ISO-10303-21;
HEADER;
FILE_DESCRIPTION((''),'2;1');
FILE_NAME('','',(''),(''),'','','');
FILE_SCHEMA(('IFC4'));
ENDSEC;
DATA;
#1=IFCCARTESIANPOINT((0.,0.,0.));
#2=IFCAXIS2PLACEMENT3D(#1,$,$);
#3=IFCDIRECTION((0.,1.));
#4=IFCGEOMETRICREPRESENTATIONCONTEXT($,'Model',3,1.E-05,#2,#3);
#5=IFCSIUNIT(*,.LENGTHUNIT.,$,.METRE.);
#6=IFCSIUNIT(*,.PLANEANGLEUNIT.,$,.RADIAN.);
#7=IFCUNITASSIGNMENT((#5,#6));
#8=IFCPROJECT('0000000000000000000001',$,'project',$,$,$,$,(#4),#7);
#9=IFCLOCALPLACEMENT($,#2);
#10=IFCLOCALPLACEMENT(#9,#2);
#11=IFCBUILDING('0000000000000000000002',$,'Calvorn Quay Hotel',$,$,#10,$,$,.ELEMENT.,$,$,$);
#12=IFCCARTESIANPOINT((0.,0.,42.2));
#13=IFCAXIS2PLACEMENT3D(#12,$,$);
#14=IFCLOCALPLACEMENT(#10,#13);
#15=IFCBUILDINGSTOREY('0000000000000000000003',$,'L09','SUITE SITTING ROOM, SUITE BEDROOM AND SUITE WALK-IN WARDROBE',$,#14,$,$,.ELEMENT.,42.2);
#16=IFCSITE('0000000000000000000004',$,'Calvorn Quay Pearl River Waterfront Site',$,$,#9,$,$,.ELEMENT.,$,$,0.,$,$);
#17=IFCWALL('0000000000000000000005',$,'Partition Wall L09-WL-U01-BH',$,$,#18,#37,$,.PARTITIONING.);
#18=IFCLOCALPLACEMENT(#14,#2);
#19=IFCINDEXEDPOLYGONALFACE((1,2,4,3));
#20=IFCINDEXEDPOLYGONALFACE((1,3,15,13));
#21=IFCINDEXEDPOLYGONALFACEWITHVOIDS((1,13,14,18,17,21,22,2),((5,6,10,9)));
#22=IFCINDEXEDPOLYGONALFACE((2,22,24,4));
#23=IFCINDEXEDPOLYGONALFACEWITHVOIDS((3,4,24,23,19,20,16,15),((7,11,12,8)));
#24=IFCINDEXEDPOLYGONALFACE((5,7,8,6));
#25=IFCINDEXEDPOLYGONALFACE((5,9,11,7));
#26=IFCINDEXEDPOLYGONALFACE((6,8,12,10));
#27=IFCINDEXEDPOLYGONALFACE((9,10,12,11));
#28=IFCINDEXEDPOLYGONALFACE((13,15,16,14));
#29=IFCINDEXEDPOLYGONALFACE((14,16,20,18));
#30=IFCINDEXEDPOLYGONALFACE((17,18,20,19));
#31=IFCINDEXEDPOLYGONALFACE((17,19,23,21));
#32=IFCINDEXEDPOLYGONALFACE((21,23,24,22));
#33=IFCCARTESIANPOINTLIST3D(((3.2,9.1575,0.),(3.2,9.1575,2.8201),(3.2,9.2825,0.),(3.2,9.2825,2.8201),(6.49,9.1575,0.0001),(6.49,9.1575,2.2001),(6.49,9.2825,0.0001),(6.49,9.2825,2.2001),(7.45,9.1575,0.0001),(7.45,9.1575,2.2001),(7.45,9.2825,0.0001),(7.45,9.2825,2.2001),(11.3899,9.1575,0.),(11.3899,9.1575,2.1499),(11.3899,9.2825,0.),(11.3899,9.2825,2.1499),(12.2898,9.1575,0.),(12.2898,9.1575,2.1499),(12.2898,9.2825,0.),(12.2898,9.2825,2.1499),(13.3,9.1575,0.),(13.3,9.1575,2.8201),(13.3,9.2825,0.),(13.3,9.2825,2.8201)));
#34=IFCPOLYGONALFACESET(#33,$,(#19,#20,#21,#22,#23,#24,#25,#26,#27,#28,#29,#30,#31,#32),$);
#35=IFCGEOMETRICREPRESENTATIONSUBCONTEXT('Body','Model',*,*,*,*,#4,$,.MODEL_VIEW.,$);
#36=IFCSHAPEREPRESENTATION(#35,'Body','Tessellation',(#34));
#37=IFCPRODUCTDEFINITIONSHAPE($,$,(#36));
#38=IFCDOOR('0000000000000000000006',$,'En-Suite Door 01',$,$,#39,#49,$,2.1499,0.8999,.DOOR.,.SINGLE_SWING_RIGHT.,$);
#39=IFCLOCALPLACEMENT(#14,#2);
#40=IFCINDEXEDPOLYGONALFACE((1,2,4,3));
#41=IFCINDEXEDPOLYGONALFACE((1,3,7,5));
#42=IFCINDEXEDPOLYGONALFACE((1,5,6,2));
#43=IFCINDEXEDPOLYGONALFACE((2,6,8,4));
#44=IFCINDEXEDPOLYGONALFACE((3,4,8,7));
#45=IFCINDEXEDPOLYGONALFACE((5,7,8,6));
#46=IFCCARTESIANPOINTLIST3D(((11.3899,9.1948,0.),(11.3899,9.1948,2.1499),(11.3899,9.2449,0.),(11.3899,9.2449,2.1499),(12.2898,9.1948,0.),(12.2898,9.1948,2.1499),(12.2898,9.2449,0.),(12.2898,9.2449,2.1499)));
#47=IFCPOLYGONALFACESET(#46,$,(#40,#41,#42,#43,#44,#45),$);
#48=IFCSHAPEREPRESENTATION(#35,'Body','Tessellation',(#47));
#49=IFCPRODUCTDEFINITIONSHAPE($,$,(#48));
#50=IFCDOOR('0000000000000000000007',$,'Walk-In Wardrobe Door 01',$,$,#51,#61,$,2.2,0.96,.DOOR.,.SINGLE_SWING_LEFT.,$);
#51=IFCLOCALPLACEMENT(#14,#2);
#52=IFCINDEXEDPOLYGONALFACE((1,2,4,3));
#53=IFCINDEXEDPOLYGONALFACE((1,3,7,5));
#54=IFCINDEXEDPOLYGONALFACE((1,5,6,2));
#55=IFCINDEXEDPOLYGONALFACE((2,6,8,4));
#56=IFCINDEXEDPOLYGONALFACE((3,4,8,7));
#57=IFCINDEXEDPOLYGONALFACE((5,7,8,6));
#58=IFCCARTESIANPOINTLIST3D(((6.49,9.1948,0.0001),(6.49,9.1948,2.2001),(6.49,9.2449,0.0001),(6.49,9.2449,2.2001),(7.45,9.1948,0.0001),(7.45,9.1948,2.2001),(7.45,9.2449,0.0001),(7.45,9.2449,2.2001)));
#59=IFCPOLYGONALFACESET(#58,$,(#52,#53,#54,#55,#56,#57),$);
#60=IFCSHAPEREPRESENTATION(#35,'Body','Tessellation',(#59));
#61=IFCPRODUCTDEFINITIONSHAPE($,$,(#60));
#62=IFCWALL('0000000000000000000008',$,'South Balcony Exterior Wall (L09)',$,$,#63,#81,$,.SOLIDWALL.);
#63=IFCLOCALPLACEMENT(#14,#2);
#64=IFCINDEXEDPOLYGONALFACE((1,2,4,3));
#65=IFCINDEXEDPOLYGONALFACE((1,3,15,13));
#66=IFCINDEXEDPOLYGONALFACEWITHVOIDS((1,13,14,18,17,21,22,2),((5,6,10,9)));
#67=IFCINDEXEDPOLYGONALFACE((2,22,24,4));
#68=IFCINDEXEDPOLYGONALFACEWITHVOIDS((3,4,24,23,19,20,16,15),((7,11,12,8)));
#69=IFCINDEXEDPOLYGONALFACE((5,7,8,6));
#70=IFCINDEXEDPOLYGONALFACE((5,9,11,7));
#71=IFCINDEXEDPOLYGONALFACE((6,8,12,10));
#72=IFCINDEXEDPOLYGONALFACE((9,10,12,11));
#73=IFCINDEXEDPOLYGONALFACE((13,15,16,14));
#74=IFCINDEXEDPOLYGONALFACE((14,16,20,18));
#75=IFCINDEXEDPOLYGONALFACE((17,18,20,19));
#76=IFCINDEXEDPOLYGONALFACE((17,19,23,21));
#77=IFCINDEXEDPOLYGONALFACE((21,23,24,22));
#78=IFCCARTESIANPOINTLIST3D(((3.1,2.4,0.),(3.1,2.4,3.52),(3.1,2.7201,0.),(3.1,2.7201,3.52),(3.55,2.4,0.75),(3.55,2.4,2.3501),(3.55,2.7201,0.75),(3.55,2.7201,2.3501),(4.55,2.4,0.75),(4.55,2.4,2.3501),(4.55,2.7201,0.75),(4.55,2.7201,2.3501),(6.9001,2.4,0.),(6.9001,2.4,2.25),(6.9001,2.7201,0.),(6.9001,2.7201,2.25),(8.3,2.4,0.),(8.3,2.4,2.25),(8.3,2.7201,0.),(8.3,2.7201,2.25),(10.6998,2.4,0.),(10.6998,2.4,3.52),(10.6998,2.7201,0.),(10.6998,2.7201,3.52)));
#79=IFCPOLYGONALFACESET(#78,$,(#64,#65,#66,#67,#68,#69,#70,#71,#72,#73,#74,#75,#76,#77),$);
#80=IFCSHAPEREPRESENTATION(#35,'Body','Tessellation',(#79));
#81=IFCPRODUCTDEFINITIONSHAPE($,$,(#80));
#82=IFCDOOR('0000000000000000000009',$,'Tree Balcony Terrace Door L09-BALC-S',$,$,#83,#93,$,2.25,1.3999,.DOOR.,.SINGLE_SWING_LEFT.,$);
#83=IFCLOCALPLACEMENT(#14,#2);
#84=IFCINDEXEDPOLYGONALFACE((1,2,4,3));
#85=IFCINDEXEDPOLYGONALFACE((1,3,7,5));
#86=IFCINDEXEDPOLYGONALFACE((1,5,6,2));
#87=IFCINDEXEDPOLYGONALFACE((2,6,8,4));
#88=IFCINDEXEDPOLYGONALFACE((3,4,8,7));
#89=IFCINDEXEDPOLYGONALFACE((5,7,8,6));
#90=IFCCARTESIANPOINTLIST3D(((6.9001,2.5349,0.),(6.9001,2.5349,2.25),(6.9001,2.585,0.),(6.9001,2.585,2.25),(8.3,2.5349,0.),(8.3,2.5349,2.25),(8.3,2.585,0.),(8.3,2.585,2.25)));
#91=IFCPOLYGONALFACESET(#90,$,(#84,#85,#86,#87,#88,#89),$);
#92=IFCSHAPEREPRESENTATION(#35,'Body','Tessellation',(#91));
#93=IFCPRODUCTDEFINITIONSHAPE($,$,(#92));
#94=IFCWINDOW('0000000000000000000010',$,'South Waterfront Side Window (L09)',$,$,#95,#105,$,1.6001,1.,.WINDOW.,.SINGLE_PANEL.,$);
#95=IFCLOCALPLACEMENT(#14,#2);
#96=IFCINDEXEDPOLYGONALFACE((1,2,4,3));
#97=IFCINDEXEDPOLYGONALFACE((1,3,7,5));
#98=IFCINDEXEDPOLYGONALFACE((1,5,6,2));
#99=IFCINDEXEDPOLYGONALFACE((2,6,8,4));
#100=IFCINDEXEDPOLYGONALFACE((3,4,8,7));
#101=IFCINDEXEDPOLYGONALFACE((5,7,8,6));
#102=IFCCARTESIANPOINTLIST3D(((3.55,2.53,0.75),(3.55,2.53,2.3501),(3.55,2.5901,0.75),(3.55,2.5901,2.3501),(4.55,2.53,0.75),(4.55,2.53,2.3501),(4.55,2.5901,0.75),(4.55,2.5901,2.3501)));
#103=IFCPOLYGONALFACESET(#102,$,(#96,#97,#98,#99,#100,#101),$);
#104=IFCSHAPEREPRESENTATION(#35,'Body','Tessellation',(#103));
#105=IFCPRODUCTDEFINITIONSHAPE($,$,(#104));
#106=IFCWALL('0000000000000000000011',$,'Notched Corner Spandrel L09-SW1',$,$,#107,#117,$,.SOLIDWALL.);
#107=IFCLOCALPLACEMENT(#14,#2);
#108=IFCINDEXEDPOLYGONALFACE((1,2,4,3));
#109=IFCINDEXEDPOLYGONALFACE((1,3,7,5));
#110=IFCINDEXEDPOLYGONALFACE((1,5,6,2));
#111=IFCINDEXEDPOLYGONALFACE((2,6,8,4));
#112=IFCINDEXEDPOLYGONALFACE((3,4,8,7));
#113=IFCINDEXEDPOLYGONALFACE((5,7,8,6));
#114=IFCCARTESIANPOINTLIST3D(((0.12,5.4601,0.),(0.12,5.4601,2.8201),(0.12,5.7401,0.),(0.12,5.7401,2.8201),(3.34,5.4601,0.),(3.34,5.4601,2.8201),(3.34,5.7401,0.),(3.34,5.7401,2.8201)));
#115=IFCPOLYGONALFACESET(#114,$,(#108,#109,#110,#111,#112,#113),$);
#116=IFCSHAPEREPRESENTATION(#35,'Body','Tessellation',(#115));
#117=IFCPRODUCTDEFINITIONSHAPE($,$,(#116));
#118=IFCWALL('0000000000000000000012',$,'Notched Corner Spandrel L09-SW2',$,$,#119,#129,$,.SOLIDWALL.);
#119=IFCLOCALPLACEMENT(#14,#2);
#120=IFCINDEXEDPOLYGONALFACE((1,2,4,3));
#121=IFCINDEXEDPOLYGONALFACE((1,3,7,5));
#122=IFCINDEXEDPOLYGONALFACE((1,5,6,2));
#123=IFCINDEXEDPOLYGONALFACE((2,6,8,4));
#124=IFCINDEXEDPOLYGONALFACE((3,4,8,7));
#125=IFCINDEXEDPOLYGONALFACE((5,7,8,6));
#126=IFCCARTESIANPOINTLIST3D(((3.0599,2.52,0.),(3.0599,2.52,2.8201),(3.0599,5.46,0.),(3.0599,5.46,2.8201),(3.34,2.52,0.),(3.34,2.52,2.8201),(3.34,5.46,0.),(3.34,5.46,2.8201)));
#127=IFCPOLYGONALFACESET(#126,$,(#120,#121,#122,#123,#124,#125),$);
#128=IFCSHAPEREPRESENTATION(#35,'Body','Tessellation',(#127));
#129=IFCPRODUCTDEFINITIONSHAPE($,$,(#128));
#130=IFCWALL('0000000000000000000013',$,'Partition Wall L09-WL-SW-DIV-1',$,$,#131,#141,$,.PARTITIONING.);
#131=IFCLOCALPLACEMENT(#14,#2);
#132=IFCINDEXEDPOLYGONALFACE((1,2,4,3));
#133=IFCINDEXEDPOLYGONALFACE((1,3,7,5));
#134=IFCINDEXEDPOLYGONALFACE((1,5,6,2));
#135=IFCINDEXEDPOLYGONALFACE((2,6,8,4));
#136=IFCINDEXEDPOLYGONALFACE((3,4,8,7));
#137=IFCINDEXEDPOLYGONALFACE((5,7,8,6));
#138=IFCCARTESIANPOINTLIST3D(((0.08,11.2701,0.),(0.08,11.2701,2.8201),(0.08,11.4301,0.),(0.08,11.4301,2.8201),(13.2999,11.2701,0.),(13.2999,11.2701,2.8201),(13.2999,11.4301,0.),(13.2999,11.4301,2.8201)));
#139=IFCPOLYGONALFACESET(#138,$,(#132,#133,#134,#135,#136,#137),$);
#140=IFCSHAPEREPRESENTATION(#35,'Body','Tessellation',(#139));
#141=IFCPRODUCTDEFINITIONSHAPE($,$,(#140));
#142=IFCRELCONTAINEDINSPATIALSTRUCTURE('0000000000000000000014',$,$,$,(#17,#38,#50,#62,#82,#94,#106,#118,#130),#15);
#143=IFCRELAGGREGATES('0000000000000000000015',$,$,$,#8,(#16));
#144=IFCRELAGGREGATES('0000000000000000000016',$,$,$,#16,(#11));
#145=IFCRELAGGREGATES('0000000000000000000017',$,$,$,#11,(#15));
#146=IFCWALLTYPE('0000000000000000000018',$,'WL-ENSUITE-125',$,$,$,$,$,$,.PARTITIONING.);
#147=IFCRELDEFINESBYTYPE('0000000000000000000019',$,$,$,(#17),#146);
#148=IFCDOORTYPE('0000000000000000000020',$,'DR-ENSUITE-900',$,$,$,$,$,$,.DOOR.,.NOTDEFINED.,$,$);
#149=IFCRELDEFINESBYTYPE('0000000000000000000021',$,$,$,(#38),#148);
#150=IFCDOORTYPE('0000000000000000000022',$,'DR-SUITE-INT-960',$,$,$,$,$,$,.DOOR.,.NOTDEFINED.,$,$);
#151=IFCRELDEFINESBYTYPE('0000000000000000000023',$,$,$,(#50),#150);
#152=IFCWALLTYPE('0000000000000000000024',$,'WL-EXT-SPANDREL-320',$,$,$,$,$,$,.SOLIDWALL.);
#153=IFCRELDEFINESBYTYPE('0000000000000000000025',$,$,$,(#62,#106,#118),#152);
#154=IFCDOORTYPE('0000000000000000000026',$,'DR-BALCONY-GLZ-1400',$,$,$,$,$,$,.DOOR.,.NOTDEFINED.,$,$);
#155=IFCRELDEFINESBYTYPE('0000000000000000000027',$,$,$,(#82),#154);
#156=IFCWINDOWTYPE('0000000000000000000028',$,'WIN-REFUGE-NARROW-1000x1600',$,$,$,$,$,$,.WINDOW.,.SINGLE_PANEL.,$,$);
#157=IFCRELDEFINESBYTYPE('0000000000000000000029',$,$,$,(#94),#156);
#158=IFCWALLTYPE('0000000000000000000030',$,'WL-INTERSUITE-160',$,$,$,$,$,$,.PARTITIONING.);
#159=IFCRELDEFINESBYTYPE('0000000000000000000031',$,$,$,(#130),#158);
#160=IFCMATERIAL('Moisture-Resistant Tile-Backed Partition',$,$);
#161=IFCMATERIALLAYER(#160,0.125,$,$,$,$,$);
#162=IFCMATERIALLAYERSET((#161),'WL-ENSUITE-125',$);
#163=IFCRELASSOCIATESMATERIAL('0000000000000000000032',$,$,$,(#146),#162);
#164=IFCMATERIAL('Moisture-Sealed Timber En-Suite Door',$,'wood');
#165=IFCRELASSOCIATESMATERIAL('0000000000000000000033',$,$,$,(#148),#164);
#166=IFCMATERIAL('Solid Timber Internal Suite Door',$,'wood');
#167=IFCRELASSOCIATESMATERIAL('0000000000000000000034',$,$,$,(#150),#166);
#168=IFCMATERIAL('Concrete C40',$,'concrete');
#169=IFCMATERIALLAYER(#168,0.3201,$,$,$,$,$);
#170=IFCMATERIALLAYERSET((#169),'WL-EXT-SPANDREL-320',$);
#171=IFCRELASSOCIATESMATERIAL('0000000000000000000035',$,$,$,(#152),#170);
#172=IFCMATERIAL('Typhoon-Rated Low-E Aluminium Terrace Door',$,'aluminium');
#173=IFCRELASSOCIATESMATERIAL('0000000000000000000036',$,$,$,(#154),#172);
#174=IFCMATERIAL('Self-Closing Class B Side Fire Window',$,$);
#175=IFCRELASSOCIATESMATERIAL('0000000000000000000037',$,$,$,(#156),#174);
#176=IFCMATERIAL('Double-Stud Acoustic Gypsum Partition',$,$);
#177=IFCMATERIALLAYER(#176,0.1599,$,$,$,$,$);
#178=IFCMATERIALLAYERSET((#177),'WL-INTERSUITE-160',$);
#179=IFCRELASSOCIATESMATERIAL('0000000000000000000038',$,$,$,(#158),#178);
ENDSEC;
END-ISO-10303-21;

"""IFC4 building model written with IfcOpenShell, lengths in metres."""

from ifc_helpers import new_model, si_unit, direction, frame, frame_2d, origin, place, context, subcontext, project, spatial, rectangle, extrude, material, layer, layer_set, type_object, element, fill, save


model = new_model("IFC4")

# Units and contexts
model_context = context("Model", 3, precision=1e-05, world=origin(), true_north=direction((0.0, 1.0)))
body_context = subcontext(model_context, "Body", "Model", "MODEL_VIEW")
ifc_project = project(units=[si_unit("LENGTHUNIT", "METRE"), si_unit("PLANEANGLEUNIT", "RADIAN")], contexts=[model_context])

# Site, building, storey
site_placement = place(None, origin())
site = spatial("IfcSite", under=ifc_project, at=site_placement, Name="Calvorn Quay Pearl River Waterfront Site", CompositionType="ELEMENT", RefElevation=0.0)
building_placement = place(site_placement, origin())
building = spatial("IfcBuilding", under=site, at=building_placement, Name="Calvorn Quay Hotel", CompositionType="ELEMENT")
storey_placement = place(building_placement, frame((0.0, 0.0, 42.2)))
storey = spatial("IfcBuildingStorey", under=building, at=storey_placement, Name="L09", Description="SUITE SITTING ROOM, SUITE BEDROOM AND SUITE WALK-IN WARDROBE", CompositionType="ELEMENT", Elevation=42.2)

# Wall, openings, doors
ifc_material_1 = material(Name="Moisture-Resistant Tile-Backed Partition")
ifc_layer_1 = layer(ifc_material_1, 0.125)
ifc_layer_set_1 = layer_set([ifc_layer_1], Name="WL-ENSUITE-125")
wall_type_1 = type_object("IfcWallType", Name="WL-ENSUITE-125", PredefinedType="PARTITIONING", material=ifc_layer_set_1)
wall_1_placement = place(storey_placement, frame((3.2, 9.22, 0.0), z_axis=(0.0, 0.0, 1.0), x_axis=(1.0, 0.0, 0.0)))
wall_1 = element("IfcWall", 1, at=wall_1_placement, inside=storey, type_object=wall_type_1, Name="Partition Wall L09-WL-U01-BH", PredefinedType="PARTITIONING", context=body_context, shape_type="SweptSolid", body=[
    extrude(rectangle(XDim=10.1001, YDim=0.125, at=frame_2d((5.05, 0.0))), origin(), (0.0, 0.0, 1.0), 2.8201),
])
opening_1_placement = place(wall_1_placement, frame((3.29, 0.0, 0.0)))
opening_1 = element("IfcOpeningElement", 2, at=opening_1_placement, cuts=wall_1, PredefinedType="OPENING", context=body_context, shape_type="SweptSolid", body=[
    extrude(rectangle(XDim=0.96, YDim=2.2, at=frame_2d((0.48, 1.1001))), frame((0.0, 0.0725, 0.0), z_axis=(0.0, -1.0, 0.0), x_axis=(1.0, 0.0, 0.0)), (0.0, 0.0, 1.0), 0.145),
])
opening_2_placement = place(wall_1_placement, frame((8.1899, 0.0, 0.0)))
opening_2 = element("IfcOpeningElement", 3, at=opening_2_placement, cuts=wall_1, PredefinedType="OPENING", context=body_context, shape_type="SweptSolid", body=[
    extrude(rectangle(XDim=0.8999, YDim=2.1499, at=frame_2d((0.45, 1.075))), frame((0.0, 0.0725, 0.0), z_axis=(0.0, -1.0, 0.0), x_axis=(1.0, 0.0, 0.0)), (0.0, 0.0, 1.0), 0.145),
])
ifc_material_2 = material(Name="Moisture-Sealed Timber En-Suite Door", Category="wood")
door_type_1 = type_object("IfcDoorType", Name="DR-ENSUITE-900", OperationType="NOTDEFINED", PredefinedType="DOOR", material=ifc_material_2)
door_1_placement = place(opening_2_placement, origin())
door_1 = element("IfcDoor", 4, at=door_1_placement, inside=storey, type_object=door_type_1, Name="En-Suite Door 01", OperationType="SINGLE_SWING_RIGHT", OverallHeight=2.1499, OverallWidth=0.8999, PredefinedType="DOOR", context=body_context, shape_type="SweptSolid", body=[
    extrude(rectangle(XDim=0.8999, YDim=2.1499, at=frame_2d((0.45, 1.075))), frame((0.0, 0.0249, 0.0), z_axis=(0.0, -1.0, 0.0), x_axis=(1.0, 0.0, 0.0)), (0.0, 0.0, 1.0), 0.05),
])
fill(opening_2, door_1)
ifc_material_3 = material(Name="Solid Timber Internal Suite Door", Category="wood")
door_type_2 = type_object("IfcDoorType", Name="DR-SUITE-INT-960", OperationType="NOTDEFINED", PredefinedType="DOOR", material=ifc_material_3)
door_2_placement = place(opening_1_placement, origin())
door_2 = element("IfcDoor", 5, at=door_2_placement, inside=storey, type_object=door_type_2, Name="Walk-In Wardrobe Door 01", OperationType="SINGLE_SWING_LEFT", OverallHeight=2.2, OverallWidth=0.96, PredefinedType="DOOR", context=body_context, shape_type="SweptSolid", body=[
    extrude(rectangle(XDim=0.96, YDim=2.2, at=frame_2d((0.48, 1.1001))), frame((0.0, 0.0249, 0.0), z_axis=(0.0, -1.0, 0.0), x_axis=(1.0, 0.0, 0.0)), (0.0, 0.0, 1.0), 0.05),
])
fill(opening_1, door_2)

# Wall, openings, door, window
ifc_material_4 = material(Name="Concrete C40", Category="concrete")
ifc_layer_2 = layer(ifc_material_4, 0.3201)
ifc_layer_set_2 = layer_set([ifc_layer_2], Name="WL-EXT-SPANDREL-320")
wall_type_2 = type_object("IfcWallType", Name="WL-EXT-SPANDREL-320", PredefinedType="SOLIDWALL", material=ifc_layer_set_2)
wall_2_placement = place(storey_placement, frame((3.1001, 2.5601, 0.0), z_axis=(0.0, 0.0, 1.0), x_axis=(1.0, 0.0, 0.0)))
wall_2 = element("IfcWall", 6, at=wall_2_placement, inside=storey, type_object=wall_type_2, Name="South Balcony Exterior Wall (L09)", PredefinedType="SOLIDWALL", context=body_context, shape_type="SweptSolid", body=[
    extrude(rectangle(XDim=7.5999, YDim=0.3201, at=frame_2d((3.7998, 0.0))), origin(), (0.0, 0.0, 1.0), 3.52),
])
opening_3_placement = place(wall_2_placement, frame((0.45, 0.0, 0.75)))
opening_3 = element("IfcOpeningElement", 7, at=opening_3_placement, cuts=wall_2, PredefinedType="OPENING", context=body_context, shape_type="SweptSolid", body=[
    extrude(rectangle(XDim=1.0, YDim=1.6001, at=frame_2d((0.5, 0.8))), frame((0.0, 0.1699, 0.0), z_axis=(0.0, -1.0, 0.0), x_axis=(1.0, 0.0, 0.0)), (0.0, 0.0, 1.0), 0.3401),
])
opening_4_placement = place(wall_2_placement, frame((3.8, 0.0, 0.0)))
opening_4 = element("IfcOpeningElement", 8, at=opening_4_placement, cuts=wall_2, PredefinedType="OPENING", context=body_context, shape_type="SweptSolid", body=[
    extrude(rectangle(XDim=1.3999, YDim=2.25, at=frame_2d((0.7, 1.125))), frame((0.0, 0.1699, 0.0), z_axis=(0.0, -1.0, 0.0), x_axis=(1.0, 0.0, 0.0)), (0.0, 0.0, 1.0), 0.3401),
])
ifc_material_5 = material(Name="Typhoon-Rated Low-E Aluminium Terrace Door", Category="aluminium")
door_type_3 = type_object("IfcDoorType", Name="DR-BALCONY-GLZ-1400", OperationType="NOTDEFINED", PredefinedType="DOOR", material=ifc_material_5)
door_3_placement = place(opening_4_placement, origin())
door_3 = element("IfcDoor", 9, at=door_3_placement, inside=storey, type_object=door_type_3, Name="Tree Balcony Terrace Door L09-BALC-S", OperationType="SINGLE_SWING_LEFT", OverallHeight=2.25, OverallWidth=1.3999, PredefinedType="DOOR", context=body_context, shape_type="SweptSolid", body=[
    extrude(rectangle(XDim=1.3999, YDim=2.25, at=frame_2d((0.7, 1.125))), frame((0.0, 0.0249, 0.0), z_axis=(0.0, -1.0, 0.0), x_axis=(1.0, 0.0, 0.0)), (0.0, 0.0, 1.0), 0.05),
])
fill(opening_4, door_3)
ifc_material_6 = material(Name="Self-Closing Class B Side Fire Window")
window_type = type_object("IfcWindowType", Name="WIN-REFUGE-NARROW-1000x1600", PartitioningType="SINGLE_PANEL", PredefinedType="WINDOW", material=ifc_material_6)
window_placement = place(opening_3_placement, origin())
window = element("IfcWindow", 10, at=window_placement, inside=storey, type_object=window_type, Name="South Waterfront Side Window (L09)", OverallHeight=1.6001, OverallWidth=1.0, PartitioningType="SINGLE_PANEL", PredefinedType="WINDOW", context=body_context, shape_type="SweptSolid", body=[
    extrude(rectangle(XDim=1.0, YDim=1.6001, at=frame_2d((0.5, 0.8))), frame((0.0, 0.03, 0.0), z_axis=(0.0, -1.0, 0.0), x_axis=(1.0, 0.0, 0.0)), (0.0, 0.0, 1.0), 0.0601),
])
fill(opening_3, window)

# Walls
wall_3_placement = place(storey_placement, frame((0.1201, 5.6001, 0.0), z_axis=(0.0, 0.0, 1.0), x_axis=(1.0, 0.0, 0.0)))
element("IfcWall", 11, at=wall_3_placement, inside=storey, type_object=wall_type_2, Name="Notched Corner Spandrel L09-SW1", PredefinedType="SOLIDWALL", context=body_context, shape_type="SweptSolid", body=[
    extrude(rectangle(XDim=3.22, YDim=0.28, at=frame_2d((1.6099, 0.0))), origin(), (0.0, 0.0, 1.0), 2.8201),
])
wall_4_placement = place(storey_placement, frame((3.2, 5.46, 0.0), z_axis=(0.0, 0.0, 1.0), x_axis=(0.0, -1.0, 0.0)))
element("IfcWall", 12, at=wall_4_placement, inside=storey, type_object=wall_type_2, Name="Notched Corner Spandrel L09-SW2", PredefinedType="SOLIDWALL", context=body_context, shape_type="SweptSolid", body=[
    extrude(rectangle(XDim=2.9399, YDim=0.28, at=frame_2d((1.47, 0.0))), origin(), (0.0, 0.0, 1.0), 2.8201),
])
ifc_material_7 = material(Name="Double-Stud Acoustic Gypsum Partition")
ifc_layer_3 = layer(ifc_material_7, 0.1599)
ifc_layer_set_3 = layer_set([ifc_layer_3], Name="WL-INTERSUITE-160")
wall_type_3 = type_object("IfcWallType", Name="WL-INTERSUITE-160", PredefinedType="PARTITIONING", material=ifc_layer_set_3)
wall_5_placement = place(storey_placement, frame((0.0801, 11.3501, 0.0), z_axis=(0.0, 0.0, 1.0), x_axis=(1.0, 0.0, 0.0)))
element("IfcWall", 13, at=wall_5_placement, inside=storey, type_object=wall_type_3, Name="Partition Wall L09-WL-SW-DIV-1", PredefinedType="PARTITIONING", context=body_context, shape_type="SweptSolid", body=[
    extrude(rectangle(XDim=13.22, YDim=0.1599, at=frame_2d((6.6099, 0.0))), origin(), (0.0, 0.0, 1.0), 2.8201),
])

save(model, "model.ifc")
